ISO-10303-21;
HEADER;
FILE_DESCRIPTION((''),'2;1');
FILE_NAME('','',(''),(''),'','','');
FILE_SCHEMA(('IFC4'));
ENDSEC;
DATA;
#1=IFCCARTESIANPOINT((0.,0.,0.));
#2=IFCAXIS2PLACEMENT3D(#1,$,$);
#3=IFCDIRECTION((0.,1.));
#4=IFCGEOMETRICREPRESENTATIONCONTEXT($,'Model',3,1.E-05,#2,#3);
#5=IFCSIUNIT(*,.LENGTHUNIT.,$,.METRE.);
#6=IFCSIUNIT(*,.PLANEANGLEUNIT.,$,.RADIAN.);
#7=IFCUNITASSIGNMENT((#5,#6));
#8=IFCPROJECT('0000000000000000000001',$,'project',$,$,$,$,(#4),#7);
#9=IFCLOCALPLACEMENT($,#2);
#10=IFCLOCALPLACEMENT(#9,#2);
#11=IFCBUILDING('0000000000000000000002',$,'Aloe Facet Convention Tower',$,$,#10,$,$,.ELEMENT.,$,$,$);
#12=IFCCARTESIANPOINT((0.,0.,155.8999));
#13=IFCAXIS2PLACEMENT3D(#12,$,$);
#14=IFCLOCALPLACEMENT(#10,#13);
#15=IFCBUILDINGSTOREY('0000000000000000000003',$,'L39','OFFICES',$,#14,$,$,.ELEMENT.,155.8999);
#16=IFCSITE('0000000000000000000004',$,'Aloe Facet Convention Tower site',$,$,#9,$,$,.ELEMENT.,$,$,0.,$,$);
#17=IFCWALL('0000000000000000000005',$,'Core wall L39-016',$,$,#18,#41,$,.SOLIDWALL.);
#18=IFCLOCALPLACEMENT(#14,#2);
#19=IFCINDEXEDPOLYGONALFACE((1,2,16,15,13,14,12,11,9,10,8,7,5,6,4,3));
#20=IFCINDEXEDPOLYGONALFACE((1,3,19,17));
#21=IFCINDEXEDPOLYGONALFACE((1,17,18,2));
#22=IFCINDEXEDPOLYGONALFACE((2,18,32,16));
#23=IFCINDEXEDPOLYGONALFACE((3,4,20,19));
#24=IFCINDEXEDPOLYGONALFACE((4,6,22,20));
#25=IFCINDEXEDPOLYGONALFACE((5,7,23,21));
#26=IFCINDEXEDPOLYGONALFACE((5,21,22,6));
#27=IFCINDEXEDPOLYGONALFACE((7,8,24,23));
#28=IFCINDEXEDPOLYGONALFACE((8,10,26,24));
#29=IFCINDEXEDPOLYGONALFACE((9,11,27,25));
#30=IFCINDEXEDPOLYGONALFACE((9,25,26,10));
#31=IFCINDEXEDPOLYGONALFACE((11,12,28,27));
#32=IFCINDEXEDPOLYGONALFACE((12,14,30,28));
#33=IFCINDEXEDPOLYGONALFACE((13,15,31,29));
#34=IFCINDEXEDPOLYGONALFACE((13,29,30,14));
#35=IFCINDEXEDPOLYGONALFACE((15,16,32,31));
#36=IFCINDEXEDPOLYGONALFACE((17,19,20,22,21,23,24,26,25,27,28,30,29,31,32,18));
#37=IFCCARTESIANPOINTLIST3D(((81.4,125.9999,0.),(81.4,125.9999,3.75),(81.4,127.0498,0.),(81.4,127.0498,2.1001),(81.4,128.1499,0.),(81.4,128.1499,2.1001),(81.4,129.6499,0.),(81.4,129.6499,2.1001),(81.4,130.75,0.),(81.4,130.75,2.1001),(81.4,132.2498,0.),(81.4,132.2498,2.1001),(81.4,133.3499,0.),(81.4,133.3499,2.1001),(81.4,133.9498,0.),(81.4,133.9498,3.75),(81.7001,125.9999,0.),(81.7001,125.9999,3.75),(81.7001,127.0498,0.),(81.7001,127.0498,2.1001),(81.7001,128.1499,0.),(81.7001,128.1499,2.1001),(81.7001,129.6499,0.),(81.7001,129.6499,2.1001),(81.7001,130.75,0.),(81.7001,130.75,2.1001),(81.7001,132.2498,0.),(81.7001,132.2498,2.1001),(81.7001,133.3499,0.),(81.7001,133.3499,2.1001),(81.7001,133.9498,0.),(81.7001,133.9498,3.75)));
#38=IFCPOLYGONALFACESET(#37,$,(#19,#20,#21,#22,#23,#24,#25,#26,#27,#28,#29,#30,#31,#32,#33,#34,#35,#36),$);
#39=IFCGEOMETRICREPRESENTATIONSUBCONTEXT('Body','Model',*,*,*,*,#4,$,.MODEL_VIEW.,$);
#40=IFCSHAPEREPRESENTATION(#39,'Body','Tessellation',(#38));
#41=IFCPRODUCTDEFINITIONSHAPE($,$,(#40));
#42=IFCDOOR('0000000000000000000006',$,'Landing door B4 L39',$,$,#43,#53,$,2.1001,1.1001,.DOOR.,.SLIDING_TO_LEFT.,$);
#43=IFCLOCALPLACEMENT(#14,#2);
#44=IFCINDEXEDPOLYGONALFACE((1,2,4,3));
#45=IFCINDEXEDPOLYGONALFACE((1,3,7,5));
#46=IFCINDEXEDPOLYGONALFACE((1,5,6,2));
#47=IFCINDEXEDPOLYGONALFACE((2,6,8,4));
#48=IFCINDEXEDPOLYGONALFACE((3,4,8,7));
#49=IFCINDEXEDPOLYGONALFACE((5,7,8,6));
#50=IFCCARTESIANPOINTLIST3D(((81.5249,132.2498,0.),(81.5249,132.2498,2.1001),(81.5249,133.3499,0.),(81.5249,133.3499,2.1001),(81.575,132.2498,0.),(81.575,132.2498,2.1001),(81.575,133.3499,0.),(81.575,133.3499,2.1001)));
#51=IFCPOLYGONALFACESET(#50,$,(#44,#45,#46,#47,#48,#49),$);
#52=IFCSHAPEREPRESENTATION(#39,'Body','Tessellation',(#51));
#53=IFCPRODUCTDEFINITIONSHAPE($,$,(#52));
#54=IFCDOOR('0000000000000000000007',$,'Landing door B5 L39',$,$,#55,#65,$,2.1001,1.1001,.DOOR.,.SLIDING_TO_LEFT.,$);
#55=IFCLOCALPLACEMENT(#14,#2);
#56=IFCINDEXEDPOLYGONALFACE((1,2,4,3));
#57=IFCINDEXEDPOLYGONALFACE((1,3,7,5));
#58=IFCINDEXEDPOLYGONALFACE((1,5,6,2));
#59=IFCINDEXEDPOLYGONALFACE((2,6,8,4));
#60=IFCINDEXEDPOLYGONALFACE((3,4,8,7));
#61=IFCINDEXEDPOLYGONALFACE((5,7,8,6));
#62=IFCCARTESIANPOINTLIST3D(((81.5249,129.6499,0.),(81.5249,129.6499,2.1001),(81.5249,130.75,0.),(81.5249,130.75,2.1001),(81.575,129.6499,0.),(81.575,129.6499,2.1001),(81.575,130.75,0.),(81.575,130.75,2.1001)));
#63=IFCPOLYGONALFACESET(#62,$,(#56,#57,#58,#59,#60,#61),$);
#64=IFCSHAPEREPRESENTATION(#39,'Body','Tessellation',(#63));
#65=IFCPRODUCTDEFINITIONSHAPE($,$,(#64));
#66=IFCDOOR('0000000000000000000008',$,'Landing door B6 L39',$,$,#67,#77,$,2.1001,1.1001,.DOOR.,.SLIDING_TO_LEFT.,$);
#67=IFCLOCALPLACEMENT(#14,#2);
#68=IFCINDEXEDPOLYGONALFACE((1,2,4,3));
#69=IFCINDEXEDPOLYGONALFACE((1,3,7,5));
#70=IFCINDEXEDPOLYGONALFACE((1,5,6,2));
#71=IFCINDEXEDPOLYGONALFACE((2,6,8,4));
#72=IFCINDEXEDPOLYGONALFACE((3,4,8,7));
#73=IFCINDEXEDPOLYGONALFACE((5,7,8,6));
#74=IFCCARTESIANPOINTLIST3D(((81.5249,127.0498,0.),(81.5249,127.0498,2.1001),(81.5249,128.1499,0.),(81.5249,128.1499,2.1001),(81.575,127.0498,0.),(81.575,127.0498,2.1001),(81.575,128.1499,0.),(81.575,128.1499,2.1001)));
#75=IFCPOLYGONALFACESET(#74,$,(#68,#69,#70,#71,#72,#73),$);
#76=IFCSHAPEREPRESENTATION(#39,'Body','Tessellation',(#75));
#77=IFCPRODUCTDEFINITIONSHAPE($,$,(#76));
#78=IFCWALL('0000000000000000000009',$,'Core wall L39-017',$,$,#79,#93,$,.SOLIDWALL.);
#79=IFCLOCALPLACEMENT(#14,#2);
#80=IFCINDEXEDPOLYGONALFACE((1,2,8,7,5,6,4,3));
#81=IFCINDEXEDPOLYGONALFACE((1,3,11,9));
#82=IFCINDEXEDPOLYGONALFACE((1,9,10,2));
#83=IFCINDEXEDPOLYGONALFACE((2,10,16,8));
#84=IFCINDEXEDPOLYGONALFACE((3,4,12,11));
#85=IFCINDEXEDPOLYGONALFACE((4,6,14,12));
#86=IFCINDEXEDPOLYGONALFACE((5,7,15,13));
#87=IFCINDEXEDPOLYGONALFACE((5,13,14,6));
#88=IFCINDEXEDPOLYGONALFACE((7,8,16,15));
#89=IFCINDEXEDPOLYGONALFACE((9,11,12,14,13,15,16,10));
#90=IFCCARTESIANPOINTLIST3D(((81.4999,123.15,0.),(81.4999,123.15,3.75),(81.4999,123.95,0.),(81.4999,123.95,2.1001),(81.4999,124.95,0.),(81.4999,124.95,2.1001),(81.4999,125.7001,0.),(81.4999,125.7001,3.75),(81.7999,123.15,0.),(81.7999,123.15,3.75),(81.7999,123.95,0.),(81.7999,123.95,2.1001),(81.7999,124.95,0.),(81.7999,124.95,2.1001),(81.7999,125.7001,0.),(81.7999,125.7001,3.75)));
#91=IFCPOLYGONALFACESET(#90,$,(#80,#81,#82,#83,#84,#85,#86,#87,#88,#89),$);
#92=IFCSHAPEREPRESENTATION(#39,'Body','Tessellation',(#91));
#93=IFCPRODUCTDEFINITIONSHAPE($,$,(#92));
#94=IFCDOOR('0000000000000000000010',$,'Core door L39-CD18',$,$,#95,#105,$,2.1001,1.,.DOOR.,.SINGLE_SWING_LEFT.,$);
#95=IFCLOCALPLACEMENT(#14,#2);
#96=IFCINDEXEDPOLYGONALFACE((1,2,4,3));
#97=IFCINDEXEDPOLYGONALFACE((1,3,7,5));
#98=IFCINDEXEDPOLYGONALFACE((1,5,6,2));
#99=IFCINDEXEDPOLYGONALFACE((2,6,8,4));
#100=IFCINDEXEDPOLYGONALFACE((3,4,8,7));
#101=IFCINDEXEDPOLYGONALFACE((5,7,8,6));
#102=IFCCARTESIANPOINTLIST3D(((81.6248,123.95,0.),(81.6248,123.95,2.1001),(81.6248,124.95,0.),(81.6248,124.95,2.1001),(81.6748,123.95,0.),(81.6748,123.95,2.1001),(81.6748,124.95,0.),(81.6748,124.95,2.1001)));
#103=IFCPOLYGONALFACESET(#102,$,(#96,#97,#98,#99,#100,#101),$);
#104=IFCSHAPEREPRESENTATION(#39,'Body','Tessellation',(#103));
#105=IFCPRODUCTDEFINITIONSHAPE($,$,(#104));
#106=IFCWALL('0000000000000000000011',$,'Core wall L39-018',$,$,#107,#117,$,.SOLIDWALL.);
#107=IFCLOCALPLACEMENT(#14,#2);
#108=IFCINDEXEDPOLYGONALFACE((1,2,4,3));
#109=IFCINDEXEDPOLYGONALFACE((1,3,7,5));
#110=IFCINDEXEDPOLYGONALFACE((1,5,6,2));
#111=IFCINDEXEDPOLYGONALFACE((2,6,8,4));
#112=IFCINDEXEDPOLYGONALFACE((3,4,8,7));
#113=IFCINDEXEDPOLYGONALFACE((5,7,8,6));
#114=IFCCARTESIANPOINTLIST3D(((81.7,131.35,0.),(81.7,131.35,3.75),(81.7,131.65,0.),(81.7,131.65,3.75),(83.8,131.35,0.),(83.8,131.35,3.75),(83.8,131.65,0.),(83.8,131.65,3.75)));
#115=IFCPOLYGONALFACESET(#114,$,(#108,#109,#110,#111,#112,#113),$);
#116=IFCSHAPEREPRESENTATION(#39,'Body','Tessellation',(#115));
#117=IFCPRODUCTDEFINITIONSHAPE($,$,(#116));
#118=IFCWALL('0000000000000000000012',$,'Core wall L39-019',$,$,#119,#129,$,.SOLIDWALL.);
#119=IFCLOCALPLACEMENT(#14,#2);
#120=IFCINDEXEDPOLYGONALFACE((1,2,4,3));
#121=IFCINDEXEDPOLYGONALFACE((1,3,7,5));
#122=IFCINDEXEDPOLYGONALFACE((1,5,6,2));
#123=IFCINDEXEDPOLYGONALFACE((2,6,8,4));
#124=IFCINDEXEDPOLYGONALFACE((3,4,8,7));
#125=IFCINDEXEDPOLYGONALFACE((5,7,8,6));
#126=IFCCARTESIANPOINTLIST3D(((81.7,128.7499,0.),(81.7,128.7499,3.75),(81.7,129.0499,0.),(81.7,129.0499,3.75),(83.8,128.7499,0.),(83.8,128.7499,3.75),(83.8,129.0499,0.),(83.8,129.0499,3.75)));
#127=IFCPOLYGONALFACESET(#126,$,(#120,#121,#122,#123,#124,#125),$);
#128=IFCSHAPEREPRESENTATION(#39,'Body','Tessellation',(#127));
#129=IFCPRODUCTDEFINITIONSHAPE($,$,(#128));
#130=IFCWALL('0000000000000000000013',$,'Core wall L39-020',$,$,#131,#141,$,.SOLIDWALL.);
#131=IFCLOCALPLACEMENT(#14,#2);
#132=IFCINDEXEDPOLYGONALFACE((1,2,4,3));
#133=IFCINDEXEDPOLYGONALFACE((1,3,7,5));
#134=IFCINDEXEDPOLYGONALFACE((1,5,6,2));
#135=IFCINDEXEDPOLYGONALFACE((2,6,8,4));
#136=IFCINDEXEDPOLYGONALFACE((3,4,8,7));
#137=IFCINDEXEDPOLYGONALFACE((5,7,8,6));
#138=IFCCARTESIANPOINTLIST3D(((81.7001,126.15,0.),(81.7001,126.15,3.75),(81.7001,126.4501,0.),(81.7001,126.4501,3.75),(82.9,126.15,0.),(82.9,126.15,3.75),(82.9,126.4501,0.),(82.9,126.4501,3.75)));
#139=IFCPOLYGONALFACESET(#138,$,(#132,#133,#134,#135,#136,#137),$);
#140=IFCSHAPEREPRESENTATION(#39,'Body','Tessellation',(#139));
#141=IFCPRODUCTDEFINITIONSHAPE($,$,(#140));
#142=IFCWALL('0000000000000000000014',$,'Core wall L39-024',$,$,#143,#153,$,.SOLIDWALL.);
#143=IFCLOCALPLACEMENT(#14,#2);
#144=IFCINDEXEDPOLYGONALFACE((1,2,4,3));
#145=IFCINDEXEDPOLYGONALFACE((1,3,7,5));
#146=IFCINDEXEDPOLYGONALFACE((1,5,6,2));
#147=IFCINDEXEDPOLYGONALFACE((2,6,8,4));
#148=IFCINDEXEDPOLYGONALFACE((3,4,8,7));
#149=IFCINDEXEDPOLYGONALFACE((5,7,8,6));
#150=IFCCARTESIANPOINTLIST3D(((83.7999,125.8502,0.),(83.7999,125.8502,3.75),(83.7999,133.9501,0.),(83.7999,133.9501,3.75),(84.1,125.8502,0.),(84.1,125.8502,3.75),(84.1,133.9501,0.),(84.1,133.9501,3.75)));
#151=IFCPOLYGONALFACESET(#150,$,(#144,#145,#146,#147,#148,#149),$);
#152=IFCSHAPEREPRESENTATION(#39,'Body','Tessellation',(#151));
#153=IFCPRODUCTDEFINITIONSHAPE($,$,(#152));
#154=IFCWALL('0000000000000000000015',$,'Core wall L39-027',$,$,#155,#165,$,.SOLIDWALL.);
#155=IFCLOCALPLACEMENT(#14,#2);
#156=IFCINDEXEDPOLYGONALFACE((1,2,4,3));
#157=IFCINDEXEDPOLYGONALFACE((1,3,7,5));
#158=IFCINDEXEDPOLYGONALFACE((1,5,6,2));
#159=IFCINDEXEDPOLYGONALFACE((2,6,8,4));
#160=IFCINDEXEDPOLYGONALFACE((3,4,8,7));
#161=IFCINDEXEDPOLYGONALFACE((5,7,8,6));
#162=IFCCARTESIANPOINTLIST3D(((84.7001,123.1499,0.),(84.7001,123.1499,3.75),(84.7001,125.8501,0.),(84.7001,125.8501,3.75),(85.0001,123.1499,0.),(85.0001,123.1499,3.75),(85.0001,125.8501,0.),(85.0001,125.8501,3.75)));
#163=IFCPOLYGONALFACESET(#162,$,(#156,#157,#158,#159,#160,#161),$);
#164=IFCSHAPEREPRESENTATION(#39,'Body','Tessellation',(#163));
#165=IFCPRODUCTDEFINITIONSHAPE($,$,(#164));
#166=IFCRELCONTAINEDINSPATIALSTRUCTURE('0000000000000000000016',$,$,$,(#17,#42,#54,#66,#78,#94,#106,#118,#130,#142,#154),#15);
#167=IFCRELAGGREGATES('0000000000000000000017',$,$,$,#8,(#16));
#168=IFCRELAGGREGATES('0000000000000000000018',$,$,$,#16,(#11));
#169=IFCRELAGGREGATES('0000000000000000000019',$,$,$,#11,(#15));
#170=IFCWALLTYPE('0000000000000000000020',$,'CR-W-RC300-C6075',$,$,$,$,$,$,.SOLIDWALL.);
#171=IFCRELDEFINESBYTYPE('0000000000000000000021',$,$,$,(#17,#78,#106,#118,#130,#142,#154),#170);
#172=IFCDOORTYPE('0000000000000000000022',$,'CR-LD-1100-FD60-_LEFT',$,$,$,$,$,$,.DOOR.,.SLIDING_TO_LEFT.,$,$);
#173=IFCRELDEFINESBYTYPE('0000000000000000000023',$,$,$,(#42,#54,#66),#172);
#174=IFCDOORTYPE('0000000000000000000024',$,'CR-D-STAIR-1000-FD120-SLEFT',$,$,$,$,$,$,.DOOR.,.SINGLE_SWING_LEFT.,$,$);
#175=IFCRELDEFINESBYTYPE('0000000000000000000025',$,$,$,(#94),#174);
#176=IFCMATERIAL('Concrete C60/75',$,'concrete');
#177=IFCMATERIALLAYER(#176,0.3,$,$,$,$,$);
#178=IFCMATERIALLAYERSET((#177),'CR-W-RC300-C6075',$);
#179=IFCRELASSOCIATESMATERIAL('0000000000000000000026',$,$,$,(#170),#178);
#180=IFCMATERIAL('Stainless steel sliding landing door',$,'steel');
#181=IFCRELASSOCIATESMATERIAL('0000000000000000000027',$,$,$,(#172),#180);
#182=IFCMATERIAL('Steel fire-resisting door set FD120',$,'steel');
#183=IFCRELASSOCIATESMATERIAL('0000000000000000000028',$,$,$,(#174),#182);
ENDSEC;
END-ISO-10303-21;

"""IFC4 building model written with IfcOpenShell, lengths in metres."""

from ifc_helpers import new_model, si_unit, direction, frame, frame_2d, origin, place, context, subcontext, project, spatial, rectangle, extrude, material, layer, layer_set, type_object, element, fill, save


model = new_model("IFC4")

# Units and contexts
model_context = context("Model", 3, precision=1e-05, world=origin(), true_north=direction((0.0, 1.0)))
body_context = subcontext(model_context, "Body", "Model", "MODEL_VIEW")
ifc_project = project(units=[si_unit("LENGTHUNIT", "METRE"), si_unit("PLANEANGLEUNIT", "RADIAN")], contexts=[model_context])

# Site, building, storey
site_placement = place(None, origin())
site = spatial("IfcSite", under=ifc_project, at=site_placement, Name="Aloe Facet Convention Tower site", CompositionType="ELEMENT", RefElevation=0.0)
building_placement = place(site_placement, origin())
building = spatial("IfcBuilding", under=site, at=building_placement, Name="Aloe Facet Convention Tower", CompositionType="ELEMENT")
storey_placement = place(building_placement, frame((0.0, 0.0, 155.8999)))
storey = spatial("IfcBuildingStorey", under=building, at=storey_placement, Name="L39", Description="OFFICES", CompositionType="ELEMENT", Elevation=155.8999)

# Wall, openings, doors
ifc_material_1 = material(Name="Concrete C60/75", Category="concrete")
ifc_layer_1 = layer(ifc_material_1, 0.3)
ifc_layer_set_1 = layer_set([ifc_layer_1], Name="CR-W-RC300-C6075")
wall_type_1 = type_object("IfcWallType", Name="CR-W-RC300-C6075", PredefinedType="SOLIDWALL", material=ifc_layer_set_1)
wall_1_placement = place(storey_placement, frame((81.55, 133.95, 0.0), z_axis=(0.0, 0.0, 1.0), x_axis=(0.0, -1.0, 0.0)))
wall_1 = element("IfcWall", 1, at=wall_1_placement, inside=storey, type_object=wall_type_1, Name="Core wall L39-016", PredefinedType="SOLIDWALL", context=body_context, shape_type="SweptSolid", body=[
    extrude(rectangle(XDim=7.95, YDim=0.3, at=frame_2d((3.9751, 0.0))), origin(), (0.0, 0.0, 1.0), 3.75),
])
opening_1_placement = place(wall_1_placement, frame((0.6001, 0.0, 0.0)))
opening_1 = element("IfcOpeningElement", 2, at=opening_1_placement, cuts=wall_1, PredefinedType="OPENING", context=body_context, shape_type="SweptSolid", body=[
    extrude(rectangle(XDim=1.1001, YDim=2.1001, at=frame_2d((0.55, 1.05))), frame((0.0, 0.1602, 0.0), z_axis=(0.0, -1.0, 0.0), x_axis=(1.0, 0.0, 0.0)), (0.0, 0.0, 1.0), 0.3201),
])
opening_2_placement = place(wall_1_placement, frame((3.2, 0.0, 0.0)))
opening_2 = element("IfcOpeningElement", 3, at=opening_2_placement, cuts=wall_1, PredefinedType="OPENING", context=body_context, shape_type="SweptSolid", body=[
    extrude(rectangle(XDim=1.1001, YDim=2.1001, at=frame_2d((0.55, 1.05))), frame((0.0, 0.1602, 0.0), z_axis=(0.0, -1.0, 0.0), x_axis=(1.0, 0.0, 0.0)), (0.0, 0.0, 1.0), 0.3201),
])
opening_3_placement = place(wall_1_placement, frame((5.8, 0.0, 0.0)))
opening_3 = element("IfcOpeningElement", 4, at=opening_3_placement, cuts=wall_1, PredefinedType="OPENING", context=body_context, shape_type="SweptSolid", body=[
    extrude(rectangle(XDim=1.1001, YDim=2.1001, at=frame_2d((0.55, 1.05))), frame((0.0, 0.1602, 0.0), z_axis=(0.0, -1.0, 0.0), x_axis=(1.0, 0.0, 0.0)), (0.0, 0.0, 1.0), 0.3201),
])
ifc_material_2 = material(Name="Stainless steel sliding landing door", Category="steel")
door_type_1 = type_object("IfcDoorType", Name="CR-LD-1100-FD60-_LEFT", OperationType="SLIDING_TO_LEFT", PredefinedType="DOOR", material=ifc_material_2)
door_1_placement = place(opening_1_placement, origin())
door_1 = element("IfcDoor", 5, at=door_1_placement, inside=storey, type_object=door_type_1, Name="Landing door B4 L39", OperationType="SLIDING_TO_LEFT", OverallHeight=2.1001, OverallWidth=1.1001, PredefinedType="DOOR", context=body_context, shape_type="SweptSolid", body=[
    extrude(rectangle(XDim=1.1001, YDim=2.1001, at=frame_2d((0.55, 1.05))), frame((0.0, 0.0249, 0.0), z_axis=(0.0, -1.0, 0.0), x_axis=(1.0, 0.0, 0.0)), (0.0, 0.0, 1.0), 0.05),
])
fill(opening_1, door_1)
door_2_placement = place(opening_2_placement, origin())
door_2 = element("IfcDoor", 6, at=door_2_placement, inside=storey, type_object=door_type_1, Name="Landing door B5 L39", OperationType="SLIDING_TO_LEFT", OverallHeight=2.1001, OverallWidth=1.1001, PredefinedType="DOOR", context=body_context, shape_type="SweptSolid", body=[
    extrude(rectangle(XDim=1.1001, YDim=2.1001, at=frame_2d((0.55, 1.05))), frame((0.0, 0.0249, 0.0), z_axis=(0.0, -1.0, 0.0), x_axis=(1.0, 0.0, 0.0)), (0.0, 0.0, 1.0), 0.05),
])
fill(opening_2, door_2)
door_3_placement = place(opening_3_placement, origin())
door_3 = element("IfcDoor", 7, at=door_3_placement, inside=storey, type_object=door_type_1, Name="Landing door B6 L39", OperationType="SLIDING_TO_LEFT", OverallHeight=2.1001, OverallWidth=1.1001, PredefinedType="DOOR", context=body_context, shape_type="SweptSolid", body=[
    extrude(rectangle(XDim=1.1001, YDim=2.1001, at=frame_2d((0.55, 1.05))), frame((0.0, 0.0249, 0.0), z_axis=(0.0, -1.0, 0.0), x_axis=(1.0, 0.0, 0.0)), (0.0, 0.0, 1.0), 0.05),
])
fill(opening_3, door_3)

# Wall, opening, door
wall_2_placement = place(storey_placement, frame((81.6499, 125.7, 0.0), z_axis=(0.0, 0.0, 1.0), x_axis=(0.0, -1.0, 0.0)))
wall_2 = element("IfcWall", 8, at=wall_2_placement, inside=storey, type_object=wall_type_1, Name="Core wall L39-017", PredefinedType="SOLIDWALL", context=body_context, shape_type="SweptSolid", body=[
    extrude(rectangle(XDim=2.55, YDim=0.3, at=frame_2d((1.2749, 0.0))), origin(), (0.0, 0.0, 1.0), 3.75),
])
opening_4_placement = place(wall_2_placement, frame((0.75, 0.0, 0.0)))
opening_4 = element("IfcOpeningElement", 9, at=opening_4_placement, cuts=wall_2, PredefinedType="OPENING", context=body_context, shape_type="SweptSolid", body=[
    extrude(rectangle(XDim=1.0, YDim=2.1001, at=frame_2d((0.5, 1.05))), frame((0.0, 0.1602, 0.0), z_axis=(0.0, -1.0, 0.0), x_axis=(1.0, 0.0, 0.0)), (0.0, 0.0, 1.0), 0.3201),
])
ifc_material_3 = material(Name="Steel fire-resisting door set FD120", Category="steel")
door_type_2 = type_object("IfcDoorType", Name="CR-D-STAIR-1000-FD120-SLEFT", OperationType="SINGLE_SWING_LEFT", PredefinedType="DOOR", material=ifc_material_3)
door_4_placement = place(opening_4_placement, origin())
door_4 = element("IfcDoor", 10, at=door_4_placement, inside=storey, type_object=door_type_2, Name="Core door L39-CD18", OperationType="SINGLE_SWING_LEFT", OverallHeight=2.1001, OverallWidth=1.0, PredefinedType="DOOR", context=body_context, shape_type="SweptSolid", body=[
    extrude(rectangle(XDim=1.0, YDim=2.1001, at=frame_2d((0.5, 1.05))), frame((0.0, 0.0249, 0.0), z_axis=(0.0, -1.0, 0.0), x_axis=(1.0, 0.0, 0.0)), (0.0, 0.0, 1.0), 0.05),
])
fill(opening_4, door_4)

# Walls
for number, where, z_axis, x_axis, name in (
    (11, (81.7, 131.5, 0.0), (0.0, 0.0, 1.0), (1.0, 0.0, 0.0), "Core wall L39-018"),
    (12, (81.7, 128.8999, 0.0), (0.0, 0.0, 1.0), (1.0, 0.0, 0.0), "Core wall L39-019"),
):
    element("IfcWall", number, at=place(storey_placement, frame(where, z_axis=z_axis, x_axis=x_axis)), inside=storey, type_object=wall_type_1, Name=name, PredefinedType="SOLIDWALL", context=body_context, shape_type="SweptSolid", body=[
        extrude(rectangle(XDim=2.1001, YDim=0.3, at=frame_2d((1.05, 0.0))), origin(), (0.0, 0.0, 1.0), 3.75),
    ])
wall_3_placement = place(storey_placement, frame((81.7, 126.3, 0.0), z_axis=(0.0, 0.0, 1.0), x_axis=(1.0, 0.0, 0.0)))
element("IfcWall", 13, at=wall_3_placement, inside=storey, type_object=wall_type_1, Name="Core wall L39-020", PredefinedType="SOLIDWALL", context=body_context, shape_type="SweptSolid", body=[
    extrude(rectangle(XDim=1.2, YDim=0.3, at=frame_2d((0.6001, 0.0))), origin(), (0.0, 0.0, 1.0), 3.75),
])
wall_4_placement = place(storey_placement, frame((83.95, 133.95, 0.0), z_axis=(0.0, 0.0, 1.0), x_axis=(0.0, -1.0, 0.0)))
element("IfcWall", 14, at=wall_4_placement, inside=storey, type_object=wall_type_1, Name="Core wall L39-024", PredefinedType="SOLIDWALL", context=body_context, shape_type="SweptSolid", body=[
    extrude(rectangle(XDim=8.0999, YDim=0.3, at=frame_2d((4.0498, 0.0))), origin(), (0.0, 0.0, 1.0), 3.75),
])
wall_5_placement = place(storey_placement, frame((84.8501, 125.8501, 0.0), z_axis=(0.0, 0.0, 1.0), x_axis=(0.0, -1.0, 0.0)))
element("IfcWall", 15, at=wall_5_placement, inside=storey, type_object=wall_type_1, Name="Core wall L39-027", PredefinedType="SOLIDWALL", context=body_context, shape_type="SweptSolid", body=[
    extrude(rectangle(XDim=2.7002, YDim=0.3, at=frame_2d((1.3501, 0.0))), origin(), (0.0, 0.0, 1.0), 3.75),
])

save(model, "model.ifc")
